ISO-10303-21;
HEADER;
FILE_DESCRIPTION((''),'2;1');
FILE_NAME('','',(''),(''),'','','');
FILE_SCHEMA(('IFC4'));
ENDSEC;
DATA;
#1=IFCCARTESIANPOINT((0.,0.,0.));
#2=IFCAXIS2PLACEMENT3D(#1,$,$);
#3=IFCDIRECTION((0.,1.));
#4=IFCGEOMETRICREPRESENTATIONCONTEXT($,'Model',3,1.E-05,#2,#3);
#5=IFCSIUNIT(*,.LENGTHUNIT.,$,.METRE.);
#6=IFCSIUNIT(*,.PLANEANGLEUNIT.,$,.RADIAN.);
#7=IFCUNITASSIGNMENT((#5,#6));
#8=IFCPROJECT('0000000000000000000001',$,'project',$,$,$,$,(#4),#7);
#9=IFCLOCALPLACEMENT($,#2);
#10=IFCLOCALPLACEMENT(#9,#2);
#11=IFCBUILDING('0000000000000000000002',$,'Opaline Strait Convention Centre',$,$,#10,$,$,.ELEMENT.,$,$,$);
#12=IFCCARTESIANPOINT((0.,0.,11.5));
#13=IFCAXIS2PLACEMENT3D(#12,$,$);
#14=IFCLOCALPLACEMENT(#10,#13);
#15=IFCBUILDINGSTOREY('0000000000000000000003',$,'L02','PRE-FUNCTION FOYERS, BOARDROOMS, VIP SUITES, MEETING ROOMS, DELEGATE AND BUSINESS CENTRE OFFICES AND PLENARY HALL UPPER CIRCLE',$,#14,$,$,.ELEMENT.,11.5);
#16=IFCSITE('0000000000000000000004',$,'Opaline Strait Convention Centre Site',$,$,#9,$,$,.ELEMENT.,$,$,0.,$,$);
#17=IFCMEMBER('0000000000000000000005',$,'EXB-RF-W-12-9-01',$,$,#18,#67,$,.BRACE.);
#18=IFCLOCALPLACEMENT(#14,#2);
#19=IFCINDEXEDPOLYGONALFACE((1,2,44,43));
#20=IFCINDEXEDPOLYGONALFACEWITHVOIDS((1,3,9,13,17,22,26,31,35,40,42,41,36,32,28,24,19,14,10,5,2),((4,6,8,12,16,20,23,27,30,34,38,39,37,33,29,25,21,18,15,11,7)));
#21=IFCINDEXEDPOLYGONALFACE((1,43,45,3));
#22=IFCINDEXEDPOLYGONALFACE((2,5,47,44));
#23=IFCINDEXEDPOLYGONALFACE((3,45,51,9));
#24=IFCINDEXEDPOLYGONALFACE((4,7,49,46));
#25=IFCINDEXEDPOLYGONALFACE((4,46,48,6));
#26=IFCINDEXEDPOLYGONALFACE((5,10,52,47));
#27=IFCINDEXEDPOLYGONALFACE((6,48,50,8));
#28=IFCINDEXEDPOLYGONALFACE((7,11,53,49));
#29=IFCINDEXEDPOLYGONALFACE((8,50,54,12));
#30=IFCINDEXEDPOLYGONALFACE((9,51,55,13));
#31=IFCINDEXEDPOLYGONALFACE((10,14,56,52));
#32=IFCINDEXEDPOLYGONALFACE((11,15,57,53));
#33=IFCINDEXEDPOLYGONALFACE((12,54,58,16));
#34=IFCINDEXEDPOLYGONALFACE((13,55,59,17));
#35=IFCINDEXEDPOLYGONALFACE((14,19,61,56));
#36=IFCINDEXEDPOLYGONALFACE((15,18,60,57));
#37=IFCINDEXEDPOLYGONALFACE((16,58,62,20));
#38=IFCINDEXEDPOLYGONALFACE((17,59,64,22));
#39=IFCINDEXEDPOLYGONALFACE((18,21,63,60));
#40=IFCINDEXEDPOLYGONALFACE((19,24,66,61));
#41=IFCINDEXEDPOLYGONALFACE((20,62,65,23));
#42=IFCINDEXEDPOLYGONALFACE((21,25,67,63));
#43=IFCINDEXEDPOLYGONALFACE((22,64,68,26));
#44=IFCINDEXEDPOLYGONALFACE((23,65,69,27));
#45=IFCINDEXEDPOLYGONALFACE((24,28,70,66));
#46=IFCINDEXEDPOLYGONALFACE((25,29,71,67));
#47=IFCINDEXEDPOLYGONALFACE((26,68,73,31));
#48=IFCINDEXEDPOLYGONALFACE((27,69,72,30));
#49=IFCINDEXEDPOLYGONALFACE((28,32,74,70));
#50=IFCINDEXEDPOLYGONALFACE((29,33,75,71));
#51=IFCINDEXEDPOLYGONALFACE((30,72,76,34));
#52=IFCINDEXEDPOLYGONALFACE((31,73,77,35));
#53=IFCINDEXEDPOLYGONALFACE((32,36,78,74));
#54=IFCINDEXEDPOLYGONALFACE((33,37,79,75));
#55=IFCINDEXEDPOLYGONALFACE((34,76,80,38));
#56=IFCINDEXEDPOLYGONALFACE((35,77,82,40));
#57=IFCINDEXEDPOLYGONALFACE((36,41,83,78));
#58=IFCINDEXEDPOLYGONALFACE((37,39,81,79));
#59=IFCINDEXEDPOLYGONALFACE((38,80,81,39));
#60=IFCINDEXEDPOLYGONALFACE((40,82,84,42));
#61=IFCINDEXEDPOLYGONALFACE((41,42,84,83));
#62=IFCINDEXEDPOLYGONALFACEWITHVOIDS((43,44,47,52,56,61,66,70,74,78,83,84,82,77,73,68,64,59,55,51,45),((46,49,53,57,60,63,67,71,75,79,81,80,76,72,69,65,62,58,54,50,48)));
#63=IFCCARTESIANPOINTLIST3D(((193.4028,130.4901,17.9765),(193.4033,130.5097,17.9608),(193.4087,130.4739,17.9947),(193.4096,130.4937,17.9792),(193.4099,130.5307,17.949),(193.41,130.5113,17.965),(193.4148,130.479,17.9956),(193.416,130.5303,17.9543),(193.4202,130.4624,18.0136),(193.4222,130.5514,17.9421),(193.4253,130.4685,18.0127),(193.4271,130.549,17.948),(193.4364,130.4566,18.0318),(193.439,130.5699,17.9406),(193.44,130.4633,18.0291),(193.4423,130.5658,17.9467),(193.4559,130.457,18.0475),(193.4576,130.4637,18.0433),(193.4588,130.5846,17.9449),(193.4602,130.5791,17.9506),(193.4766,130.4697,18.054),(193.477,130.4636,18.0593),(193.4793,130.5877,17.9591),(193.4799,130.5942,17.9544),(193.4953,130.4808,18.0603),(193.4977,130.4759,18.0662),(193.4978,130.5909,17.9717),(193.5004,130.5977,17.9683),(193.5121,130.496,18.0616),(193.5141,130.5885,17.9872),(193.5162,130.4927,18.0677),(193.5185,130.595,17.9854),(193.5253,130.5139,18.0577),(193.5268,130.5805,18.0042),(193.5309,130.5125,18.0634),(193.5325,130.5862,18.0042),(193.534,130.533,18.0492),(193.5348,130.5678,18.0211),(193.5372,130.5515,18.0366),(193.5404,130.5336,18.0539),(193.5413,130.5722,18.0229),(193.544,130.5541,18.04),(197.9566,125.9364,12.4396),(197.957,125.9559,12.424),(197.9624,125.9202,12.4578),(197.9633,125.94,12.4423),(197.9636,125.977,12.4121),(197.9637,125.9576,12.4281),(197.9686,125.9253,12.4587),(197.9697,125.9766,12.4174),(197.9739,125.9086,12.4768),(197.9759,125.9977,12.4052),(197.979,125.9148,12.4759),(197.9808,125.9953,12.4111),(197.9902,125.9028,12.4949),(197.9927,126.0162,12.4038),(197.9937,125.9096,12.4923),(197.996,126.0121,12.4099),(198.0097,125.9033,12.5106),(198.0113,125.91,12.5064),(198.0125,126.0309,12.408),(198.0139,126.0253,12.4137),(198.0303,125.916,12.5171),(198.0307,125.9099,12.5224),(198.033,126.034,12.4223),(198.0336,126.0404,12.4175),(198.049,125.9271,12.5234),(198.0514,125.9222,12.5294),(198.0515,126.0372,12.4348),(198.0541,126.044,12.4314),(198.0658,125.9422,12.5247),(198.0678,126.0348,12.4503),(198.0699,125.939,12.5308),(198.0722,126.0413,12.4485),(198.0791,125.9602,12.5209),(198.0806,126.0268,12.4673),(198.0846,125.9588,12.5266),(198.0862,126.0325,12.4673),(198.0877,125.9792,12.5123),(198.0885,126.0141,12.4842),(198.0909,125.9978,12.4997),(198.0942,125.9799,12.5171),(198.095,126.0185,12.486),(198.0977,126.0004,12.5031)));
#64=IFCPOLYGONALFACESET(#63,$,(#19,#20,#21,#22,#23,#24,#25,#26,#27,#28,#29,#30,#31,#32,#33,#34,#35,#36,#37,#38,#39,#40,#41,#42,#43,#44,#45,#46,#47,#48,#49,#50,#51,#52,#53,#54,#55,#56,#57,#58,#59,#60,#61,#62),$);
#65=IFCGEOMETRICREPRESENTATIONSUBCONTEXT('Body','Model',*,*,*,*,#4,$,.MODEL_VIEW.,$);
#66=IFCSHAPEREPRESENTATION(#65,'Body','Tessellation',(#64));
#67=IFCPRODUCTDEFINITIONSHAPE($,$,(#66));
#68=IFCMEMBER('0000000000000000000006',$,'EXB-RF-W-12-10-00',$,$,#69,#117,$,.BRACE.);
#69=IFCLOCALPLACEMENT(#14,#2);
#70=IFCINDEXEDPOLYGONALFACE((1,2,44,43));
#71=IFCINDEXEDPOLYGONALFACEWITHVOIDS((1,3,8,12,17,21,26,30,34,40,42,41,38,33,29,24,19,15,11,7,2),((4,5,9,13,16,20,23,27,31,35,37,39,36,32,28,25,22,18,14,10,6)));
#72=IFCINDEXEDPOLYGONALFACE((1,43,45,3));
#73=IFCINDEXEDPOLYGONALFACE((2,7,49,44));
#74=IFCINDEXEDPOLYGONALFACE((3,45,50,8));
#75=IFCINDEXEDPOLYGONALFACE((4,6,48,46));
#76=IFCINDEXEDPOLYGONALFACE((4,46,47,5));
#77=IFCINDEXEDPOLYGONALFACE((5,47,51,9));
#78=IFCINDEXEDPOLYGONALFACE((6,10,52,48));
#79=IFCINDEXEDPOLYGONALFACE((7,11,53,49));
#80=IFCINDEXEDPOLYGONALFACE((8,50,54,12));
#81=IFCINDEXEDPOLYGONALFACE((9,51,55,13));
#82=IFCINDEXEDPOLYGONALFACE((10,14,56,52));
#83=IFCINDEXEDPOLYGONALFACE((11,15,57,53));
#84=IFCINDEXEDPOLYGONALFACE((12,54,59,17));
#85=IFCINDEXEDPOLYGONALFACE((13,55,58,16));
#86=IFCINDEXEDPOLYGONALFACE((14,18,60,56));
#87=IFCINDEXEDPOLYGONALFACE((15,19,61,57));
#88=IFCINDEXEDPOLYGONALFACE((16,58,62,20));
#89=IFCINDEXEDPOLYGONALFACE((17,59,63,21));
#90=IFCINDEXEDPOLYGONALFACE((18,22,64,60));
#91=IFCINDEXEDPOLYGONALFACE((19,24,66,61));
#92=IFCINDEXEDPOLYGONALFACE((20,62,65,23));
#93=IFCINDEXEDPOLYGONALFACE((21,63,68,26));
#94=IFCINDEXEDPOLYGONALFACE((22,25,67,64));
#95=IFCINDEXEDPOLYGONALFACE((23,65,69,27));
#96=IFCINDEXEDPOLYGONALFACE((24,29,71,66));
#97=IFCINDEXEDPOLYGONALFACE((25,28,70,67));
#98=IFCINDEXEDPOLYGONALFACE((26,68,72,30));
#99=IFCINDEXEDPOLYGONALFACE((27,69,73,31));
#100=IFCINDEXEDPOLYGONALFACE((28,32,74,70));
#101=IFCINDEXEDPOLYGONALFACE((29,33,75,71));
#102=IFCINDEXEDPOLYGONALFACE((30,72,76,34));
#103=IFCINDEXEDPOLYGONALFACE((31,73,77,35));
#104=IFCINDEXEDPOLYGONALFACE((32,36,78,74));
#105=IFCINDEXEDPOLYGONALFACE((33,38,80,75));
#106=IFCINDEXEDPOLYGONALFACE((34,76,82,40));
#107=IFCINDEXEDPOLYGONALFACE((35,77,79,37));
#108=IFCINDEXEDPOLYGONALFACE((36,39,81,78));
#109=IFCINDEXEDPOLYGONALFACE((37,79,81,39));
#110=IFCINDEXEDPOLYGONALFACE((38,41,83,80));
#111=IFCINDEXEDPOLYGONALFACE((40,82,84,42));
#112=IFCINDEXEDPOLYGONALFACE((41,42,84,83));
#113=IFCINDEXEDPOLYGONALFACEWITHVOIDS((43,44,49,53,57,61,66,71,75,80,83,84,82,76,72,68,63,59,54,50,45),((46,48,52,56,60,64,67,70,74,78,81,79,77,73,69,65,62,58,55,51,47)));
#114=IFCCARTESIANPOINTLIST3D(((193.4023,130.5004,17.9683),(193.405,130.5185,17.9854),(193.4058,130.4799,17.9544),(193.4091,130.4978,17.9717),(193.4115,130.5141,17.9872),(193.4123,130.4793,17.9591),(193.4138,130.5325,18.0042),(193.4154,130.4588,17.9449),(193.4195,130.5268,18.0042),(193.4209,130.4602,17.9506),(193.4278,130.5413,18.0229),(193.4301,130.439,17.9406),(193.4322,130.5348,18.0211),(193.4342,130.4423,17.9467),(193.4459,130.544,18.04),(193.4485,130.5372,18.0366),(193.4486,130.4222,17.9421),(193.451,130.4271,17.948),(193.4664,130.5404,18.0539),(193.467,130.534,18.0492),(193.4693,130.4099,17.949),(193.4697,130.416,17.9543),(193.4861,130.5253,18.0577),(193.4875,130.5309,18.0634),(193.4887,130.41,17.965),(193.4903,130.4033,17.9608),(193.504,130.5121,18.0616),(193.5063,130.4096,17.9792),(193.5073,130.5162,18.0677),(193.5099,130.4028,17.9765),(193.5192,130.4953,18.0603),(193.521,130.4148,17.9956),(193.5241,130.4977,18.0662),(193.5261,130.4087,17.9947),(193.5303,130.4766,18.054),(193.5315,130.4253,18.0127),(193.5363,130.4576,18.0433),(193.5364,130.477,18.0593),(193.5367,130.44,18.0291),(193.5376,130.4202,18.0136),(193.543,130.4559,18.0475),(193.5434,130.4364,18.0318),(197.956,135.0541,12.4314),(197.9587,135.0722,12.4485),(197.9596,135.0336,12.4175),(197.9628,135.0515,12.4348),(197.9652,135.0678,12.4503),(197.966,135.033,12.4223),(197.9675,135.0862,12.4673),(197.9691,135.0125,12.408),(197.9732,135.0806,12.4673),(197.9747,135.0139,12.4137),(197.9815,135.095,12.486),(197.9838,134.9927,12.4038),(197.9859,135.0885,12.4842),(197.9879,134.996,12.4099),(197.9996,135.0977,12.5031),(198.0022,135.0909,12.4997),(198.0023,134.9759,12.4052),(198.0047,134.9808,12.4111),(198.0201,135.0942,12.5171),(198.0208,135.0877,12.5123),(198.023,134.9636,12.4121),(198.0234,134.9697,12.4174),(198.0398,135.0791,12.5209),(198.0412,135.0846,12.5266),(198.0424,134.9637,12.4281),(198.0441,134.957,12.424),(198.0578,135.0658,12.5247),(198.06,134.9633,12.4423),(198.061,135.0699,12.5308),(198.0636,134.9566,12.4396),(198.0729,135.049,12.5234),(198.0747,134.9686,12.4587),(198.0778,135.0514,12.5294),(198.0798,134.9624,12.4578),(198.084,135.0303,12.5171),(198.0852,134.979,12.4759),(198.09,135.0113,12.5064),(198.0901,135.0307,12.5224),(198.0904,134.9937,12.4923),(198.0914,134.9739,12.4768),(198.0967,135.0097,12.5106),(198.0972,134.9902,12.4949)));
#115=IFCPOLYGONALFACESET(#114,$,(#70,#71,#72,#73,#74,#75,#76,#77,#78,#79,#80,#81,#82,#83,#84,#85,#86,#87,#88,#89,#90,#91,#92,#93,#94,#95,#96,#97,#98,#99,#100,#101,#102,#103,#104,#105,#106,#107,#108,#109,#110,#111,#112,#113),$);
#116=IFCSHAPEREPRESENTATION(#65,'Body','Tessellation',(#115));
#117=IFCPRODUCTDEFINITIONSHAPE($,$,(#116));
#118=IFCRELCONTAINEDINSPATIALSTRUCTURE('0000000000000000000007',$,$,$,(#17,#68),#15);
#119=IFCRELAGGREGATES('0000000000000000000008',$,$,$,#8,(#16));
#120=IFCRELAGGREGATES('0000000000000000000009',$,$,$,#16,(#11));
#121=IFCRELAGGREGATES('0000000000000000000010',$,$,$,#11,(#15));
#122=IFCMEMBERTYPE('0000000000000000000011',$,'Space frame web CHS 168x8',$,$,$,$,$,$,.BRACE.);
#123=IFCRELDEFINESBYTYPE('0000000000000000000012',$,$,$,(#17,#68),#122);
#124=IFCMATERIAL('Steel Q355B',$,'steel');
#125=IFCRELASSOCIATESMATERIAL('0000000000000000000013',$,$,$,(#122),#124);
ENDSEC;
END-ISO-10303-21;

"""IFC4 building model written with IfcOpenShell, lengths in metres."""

from ifc_helpers import new_model, si_unit, direction, frame, origin, origin_2d, place, context, subcontext, project, spatial, hollow_circle, extrude, material, material_profile, profile_set, type_object, element, save


model = new_model("IFC4")

# Units and contexts
model_context = context("Model", 3, precision=1e-05, world=origin(), true_north=direction((0.0, 1.0)))
body_context = subcontext(model_context, "Body", "Model", "MODEL_VIEW")
ifc_project = project(units=[si_unit("LENGTHUNIT", "METRE"), si_unit("PLANEANGLEUNIT", "RADIAN")], contexts=[model_context])

# Site, building, storey
site_placement = place(None, origin())
site = spatial("IfcSite", under=ifc_project, at=site_placement, Name="Opaline Strait Convention Centre Site", CompositionType="ELEMENT", RefElevation=0.0)
building_placement = place(site_placement, origin())
building = spatial("IfcBuilding", under=site, at=building_placement, Name="Opaline Strait Convention Centre", CompositionType="ELEMENT")
storey_placement = place(building_placement, frame((0.0, 0.0, 11.5)))
storey = spatial("IfcBuildingStorey", under=building, at=storey_placement, Name="L02", Description="PRE-FUNCTION FOYERS, BOARDROOMS, VIP SUITES, MEETING ROOMS, DELEGATE AND BUSINESS CENTRE OFFICES AND PLENARY HALL UPPER CIRCLE", CompositionType="ELEMENT", Elevation=11.5)

# Members
ifc_material = material(Name="Steel Q355B", Category="steel")
ifc_material_profile_1 = material_profile(ifc_material, hollow_circle(Radius=0.084, WallThickness=0.0081, at=origin_2d()), Name="CHS 168x8")
ifc_profile_set_1 = profile_set([ifc_material_profile_1], Name="Steel Q355B")
member_type_1 = type_object("IfcMemberType", Name="Space frame web CHS 168x8", PredefinedType="BRACE", material=ifc_profile_set_1)
for number, where, z_axis, x_axis, name in (
    (1, (193.4731, 130.5269, 18.0042), (0.536178, -0.536178, -0.65194), (0.707107, 0.707107, 0.0), "EXB-RF-W-12-9-01"),
    (2, (193.4731, 130.4731, 18.0042), (0.536178, 0.536178, -0.65194), (-0.707107, 0.707107, 0.0), "EXB-RF-W-12-10-00"),
):
    element("IfcMember", number, at=place(storey_placement, frame(where, z_axis=z_axis, x_axis=x_axis)), inside=storey, type_object=member_type_1, Name=name, PredefinedType="BRACE", context=body_context, shape_type="SweptSolid", body=[
        extrude(hollow_circle(Radius=0.084, WallThickness=0.0081, at=origin_2d()), origin(), (0.0, 0.0, 1.0), 8.4929),
    ])

save(model, "model.ifc")
